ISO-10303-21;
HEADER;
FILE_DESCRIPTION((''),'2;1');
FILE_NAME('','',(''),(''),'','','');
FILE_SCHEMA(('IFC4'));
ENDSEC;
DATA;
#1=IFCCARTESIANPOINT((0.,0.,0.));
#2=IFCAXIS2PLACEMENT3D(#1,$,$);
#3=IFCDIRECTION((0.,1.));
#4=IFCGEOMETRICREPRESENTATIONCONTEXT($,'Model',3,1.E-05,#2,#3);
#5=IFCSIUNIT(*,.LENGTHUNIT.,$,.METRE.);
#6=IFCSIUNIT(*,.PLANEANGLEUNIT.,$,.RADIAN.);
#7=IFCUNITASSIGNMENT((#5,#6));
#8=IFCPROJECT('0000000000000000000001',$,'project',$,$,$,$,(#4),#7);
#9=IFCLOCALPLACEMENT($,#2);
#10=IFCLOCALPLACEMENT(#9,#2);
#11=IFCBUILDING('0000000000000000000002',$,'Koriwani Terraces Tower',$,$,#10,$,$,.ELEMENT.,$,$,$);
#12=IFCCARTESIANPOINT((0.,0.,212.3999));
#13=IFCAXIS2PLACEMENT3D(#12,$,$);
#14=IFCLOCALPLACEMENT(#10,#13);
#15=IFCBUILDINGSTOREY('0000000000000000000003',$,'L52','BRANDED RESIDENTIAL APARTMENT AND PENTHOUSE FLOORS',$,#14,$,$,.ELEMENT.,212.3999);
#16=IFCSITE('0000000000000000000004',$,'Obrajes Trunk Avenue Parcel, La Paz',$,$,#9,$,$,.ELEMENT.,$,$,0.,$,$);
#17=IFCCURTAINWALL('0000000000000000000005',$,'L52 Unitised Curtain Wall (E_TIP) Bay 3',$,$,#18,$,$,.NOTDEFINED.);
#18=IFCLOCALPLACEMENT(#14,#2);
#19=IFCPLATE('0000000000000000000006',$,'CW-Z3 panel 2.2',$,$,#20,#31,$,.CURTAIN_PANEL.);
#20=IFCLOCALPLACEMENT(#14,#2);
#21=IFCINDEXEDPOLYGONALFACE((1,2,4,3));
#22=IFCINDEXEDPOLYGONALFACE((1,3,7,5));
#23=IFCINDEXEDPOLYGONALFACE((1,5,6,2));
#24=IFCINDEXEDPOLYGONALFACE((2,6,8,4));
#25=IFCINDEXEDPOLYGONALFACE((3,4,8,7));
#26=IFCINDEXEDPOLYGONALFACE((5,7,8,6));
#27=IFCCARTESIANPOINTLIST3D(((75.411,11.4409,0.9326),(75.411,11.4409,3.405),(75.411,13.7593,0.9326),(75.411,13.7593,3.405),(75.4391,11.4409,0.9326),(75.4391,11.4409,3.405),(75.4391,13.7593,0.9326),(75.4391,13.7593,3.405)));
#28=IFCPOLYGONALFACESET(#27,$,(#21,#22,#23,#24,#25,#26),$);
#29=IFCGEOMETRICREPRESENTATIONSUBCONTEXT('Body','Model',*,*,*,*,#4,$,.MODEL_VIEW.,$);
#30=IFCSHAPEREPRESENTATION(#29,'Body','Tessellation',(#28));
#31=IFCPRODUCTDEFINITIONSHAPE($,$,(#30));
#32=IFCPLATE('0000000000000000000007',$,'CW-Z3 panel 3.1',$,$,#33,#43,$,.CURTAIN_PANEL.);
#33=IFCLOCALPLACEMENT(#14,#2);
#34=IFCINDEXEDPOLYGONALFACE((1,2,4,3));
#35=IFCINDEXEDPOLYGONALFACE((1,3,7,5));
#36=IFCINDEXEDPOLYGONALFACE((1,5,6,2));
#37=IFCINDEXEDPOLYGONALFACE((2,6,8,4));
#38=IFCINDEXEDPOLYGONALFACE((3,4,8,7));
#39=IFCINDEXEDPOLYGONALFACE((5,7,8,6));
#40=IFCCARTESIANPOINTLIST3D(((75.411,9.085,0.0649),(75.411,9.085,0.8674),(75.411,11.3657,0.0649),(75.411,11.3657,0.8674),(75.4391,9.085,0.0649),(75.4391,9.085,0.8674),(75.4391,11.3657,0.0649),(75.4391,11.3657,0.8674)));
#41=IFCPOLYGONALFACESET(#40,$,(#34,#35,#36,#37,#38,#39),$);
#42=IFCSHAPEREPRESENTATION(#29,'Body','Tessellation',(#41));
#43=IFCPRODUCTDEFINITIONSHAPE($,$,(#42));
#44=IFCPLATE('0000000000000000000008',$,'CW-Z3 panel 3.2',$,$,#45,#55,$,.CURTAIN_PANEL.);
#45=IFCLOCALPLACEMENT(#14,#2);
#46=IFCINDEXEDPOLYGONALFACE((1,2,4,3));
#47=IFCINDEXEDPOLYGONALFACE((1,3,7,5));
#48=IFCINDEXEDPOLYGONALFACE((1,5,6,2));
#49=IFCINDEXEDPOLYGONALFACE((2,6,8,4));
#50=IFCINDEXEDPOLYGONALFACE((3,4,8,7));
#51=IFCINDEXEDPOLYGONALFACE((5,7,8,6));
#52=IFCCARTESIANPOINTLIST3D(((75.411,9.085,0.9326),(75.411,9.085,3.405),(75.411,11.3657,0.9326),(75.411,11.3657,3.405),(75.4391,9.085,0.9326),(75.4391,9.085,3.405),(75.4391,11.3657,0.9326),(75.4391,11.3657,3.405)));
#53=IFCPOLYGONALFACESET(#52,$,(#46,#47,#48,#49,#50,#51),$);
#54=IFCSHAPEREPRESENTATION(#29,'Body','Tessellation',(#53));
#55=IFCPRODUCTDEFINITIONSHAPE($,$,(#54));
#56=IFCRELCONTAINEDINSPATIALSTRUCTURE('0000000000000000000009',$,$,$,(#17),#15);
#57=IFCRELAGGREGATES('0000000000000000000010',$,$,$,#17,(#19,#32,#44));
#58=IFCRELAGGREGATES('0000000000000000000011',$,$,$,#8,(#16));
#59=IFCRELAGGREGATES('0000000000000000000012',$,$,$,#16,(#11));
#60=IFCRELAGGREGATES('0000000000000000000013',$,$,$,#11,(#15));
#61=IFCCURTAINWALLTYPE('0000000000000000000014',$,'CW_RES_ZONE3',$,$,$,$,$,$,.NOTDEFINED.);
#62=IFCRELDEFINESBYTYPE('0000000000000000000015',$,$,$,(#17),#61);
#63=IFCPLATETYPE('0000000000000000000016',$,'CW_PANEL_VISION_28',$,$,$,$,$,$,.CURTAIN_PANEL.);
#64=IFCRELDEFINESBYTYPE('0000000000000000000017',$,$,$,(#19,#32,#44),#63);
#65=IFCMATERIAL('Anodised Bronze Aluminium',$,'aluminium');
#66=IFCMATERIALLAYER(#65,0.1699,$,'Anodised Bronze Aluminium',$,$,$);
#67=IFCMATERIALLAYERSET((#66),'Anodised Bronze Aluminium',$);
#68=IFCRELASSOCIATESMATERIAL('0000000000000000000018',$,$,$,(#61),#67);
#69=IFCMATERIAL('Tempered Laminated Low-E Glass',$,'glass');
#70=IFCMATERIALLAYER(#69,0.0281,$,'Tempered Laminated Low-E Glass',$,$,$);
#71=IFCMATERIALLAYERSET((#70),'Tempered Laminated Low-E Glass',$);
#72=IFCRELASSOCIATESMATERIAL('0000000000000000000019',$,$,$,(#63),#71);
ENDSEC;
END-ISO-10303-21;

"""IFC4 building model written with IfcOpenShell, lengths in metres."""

from ifc_helpers import new_model, si_unit, direction, frame, origin, origin_2d, place, context, subcontext, project, spatial, rectangle, extrude, material, layer, layer_set, type_object, element, aggregate, save


model = new_model("IFC4")

# Units and contexts
model_context = context("Model", 3, precision=1e-05, world=origin(), true_north=direction((0.0, 1.0)))
body_context = subcontext(model_context, "Body", "Model", "MODEL_VIEW")
ifc_project = project(units=[si_unit("LENGTHUNIT", "METRE"), si_unit("PLANEANGLEUNIT", "RADIAN")], contexts=[model_context])

# Site, building, storey
site_placement = place(None, origin())
site = spatial("IfcSite", under=ifc_project, at=site_placement, Name="Obrajes Trunk Avenue Parcel, La Paz", CompositionType="ELEMENT", RefElevation=0.0)
building_placement = place(site_placement, origin())
building = spatial("IfcBuilding", under=site, at=building_placement, Name="Koriwani Terraces Tower", CompositionType="ELEMENT")
storey_placement = place(building_placement, frame((0.0, 0.0, 212.3999)))
storey = spatial("IfcBuildingStorey", under=building, at=storey_placement, Name="L52", Description="BRANDED RESIDENTIAL APARTMENT AND PENTHOUSE FLOORS", CompositionType="ELEMENT", Elevation=212.3999)

# Shared definitions
ifc_material_1 = material(Name="Anodised Bronze Aluminium", Category="aluminium")
ifc_layer_1 = layer(ifc_material_1, 0.1699, Name="Anodised Bronze Aluminium")
ifc_layer_set_1 = layer_set([ifc_layer_1], Name="Anodised Bronze Aluminium")
curtain_wall_type = type_object("IfcCurtainWallType", Name="CW_RES_ZONE3", PredefinedType="NOTDEFINED", material=ifc_layer_set_1)

# Curtain wall
curtain_wall_1_placement = place(storey_placement, origin())
curtain_wall_1 = element("IfcCurtainWall", 1, at=curtain_wall_1_placement, inside=storey, type_object=curtain_wall_type, Name="L52 Unitised Curtain Wall (E_TIP) Bay 3", PredefinedType="NOTDEFINED")

# Plates
ifc_material_2 = material(Name="Tempered Laminated Low-E Glass", Category="glass")
ifc_layer_2 = layer(ifc_material_2, 0.0281, Name="Tempered Laminated Low-E Glass")
ifc_layer_set_2 = layer_set([ifc_layer_2], Name="Tempered Laminated Low-E Glass")
plate_type = type_object("IfcPlateType", Name="CW_PANEL_VISION_28", PredefinedType="CURTAIN_PANEL", material=ifc_layer_set_2)
plate_1_placement = place(storey_placement, frame((75.425, 12.6001, 0.9326), z_axis=(0.0, 0.0, 1.0), x_axis=(0.0, -1.0, 0.0)))
plate_1 = element("IfcPlate", 2, at=plate_1_placement, type_object=plate_type, Name="CW-Z3 panel 2.2", PredefinedType="CURTAIN_PANEL", context=body_context, shape_type="SweptSolid", body=[
    extrude(rectangle(XDim=2.3184, YDim=0.0281, at=origin_2d()), origin(), (0.0, 0.0, 1.0), 2.4724),
])
plate_2_placement = place(storey_placement, frame((75.425, 10.2253, 0.0649), z_axis=(0.0, 0.0, 1.0), x_axis=(0.0, -1.0, 0.0)))
plate_2 = element("IfcPlate", 3, at=plate_2_placement, type_object=plate_type, Name="CW-Z3 panel 3.1", PredefinedType="CURTAIN_PANEL", context=body_context, shape_type="SweptSolid", body=[
    extrude(rectangle(XDim=2.2808, YDim=0.0281, at=origin_2d()), origin(), (0.0, 0.0, 1.0), 0.8025),
])
plate_3_placement = place(storey_placement, frame((75.425, 10.2253, 0.9326), z_axis=(0.0, 0.0, 1.0), x_axis=(0.0, -1.0, 0.0)))
plate_3 = element("IfcPlate", 4, at=plate_3_placement, type_object=plate_type, Name="CW-Z3 panel 3.2", PredefinedType="CURTAIN_PANEL", context=body_context, shape_type="SweptSolid", body=[
    extrude(rectangle(XDim=2.2808, YDim=0.0281, at=origin_2d()), origin(), (0.0, 0.0, 1.0), 2.4724),
])
aggregate(curtain_wall_1, [plate_1, plate_2, plate_3])

save(model, "model.ifc")
